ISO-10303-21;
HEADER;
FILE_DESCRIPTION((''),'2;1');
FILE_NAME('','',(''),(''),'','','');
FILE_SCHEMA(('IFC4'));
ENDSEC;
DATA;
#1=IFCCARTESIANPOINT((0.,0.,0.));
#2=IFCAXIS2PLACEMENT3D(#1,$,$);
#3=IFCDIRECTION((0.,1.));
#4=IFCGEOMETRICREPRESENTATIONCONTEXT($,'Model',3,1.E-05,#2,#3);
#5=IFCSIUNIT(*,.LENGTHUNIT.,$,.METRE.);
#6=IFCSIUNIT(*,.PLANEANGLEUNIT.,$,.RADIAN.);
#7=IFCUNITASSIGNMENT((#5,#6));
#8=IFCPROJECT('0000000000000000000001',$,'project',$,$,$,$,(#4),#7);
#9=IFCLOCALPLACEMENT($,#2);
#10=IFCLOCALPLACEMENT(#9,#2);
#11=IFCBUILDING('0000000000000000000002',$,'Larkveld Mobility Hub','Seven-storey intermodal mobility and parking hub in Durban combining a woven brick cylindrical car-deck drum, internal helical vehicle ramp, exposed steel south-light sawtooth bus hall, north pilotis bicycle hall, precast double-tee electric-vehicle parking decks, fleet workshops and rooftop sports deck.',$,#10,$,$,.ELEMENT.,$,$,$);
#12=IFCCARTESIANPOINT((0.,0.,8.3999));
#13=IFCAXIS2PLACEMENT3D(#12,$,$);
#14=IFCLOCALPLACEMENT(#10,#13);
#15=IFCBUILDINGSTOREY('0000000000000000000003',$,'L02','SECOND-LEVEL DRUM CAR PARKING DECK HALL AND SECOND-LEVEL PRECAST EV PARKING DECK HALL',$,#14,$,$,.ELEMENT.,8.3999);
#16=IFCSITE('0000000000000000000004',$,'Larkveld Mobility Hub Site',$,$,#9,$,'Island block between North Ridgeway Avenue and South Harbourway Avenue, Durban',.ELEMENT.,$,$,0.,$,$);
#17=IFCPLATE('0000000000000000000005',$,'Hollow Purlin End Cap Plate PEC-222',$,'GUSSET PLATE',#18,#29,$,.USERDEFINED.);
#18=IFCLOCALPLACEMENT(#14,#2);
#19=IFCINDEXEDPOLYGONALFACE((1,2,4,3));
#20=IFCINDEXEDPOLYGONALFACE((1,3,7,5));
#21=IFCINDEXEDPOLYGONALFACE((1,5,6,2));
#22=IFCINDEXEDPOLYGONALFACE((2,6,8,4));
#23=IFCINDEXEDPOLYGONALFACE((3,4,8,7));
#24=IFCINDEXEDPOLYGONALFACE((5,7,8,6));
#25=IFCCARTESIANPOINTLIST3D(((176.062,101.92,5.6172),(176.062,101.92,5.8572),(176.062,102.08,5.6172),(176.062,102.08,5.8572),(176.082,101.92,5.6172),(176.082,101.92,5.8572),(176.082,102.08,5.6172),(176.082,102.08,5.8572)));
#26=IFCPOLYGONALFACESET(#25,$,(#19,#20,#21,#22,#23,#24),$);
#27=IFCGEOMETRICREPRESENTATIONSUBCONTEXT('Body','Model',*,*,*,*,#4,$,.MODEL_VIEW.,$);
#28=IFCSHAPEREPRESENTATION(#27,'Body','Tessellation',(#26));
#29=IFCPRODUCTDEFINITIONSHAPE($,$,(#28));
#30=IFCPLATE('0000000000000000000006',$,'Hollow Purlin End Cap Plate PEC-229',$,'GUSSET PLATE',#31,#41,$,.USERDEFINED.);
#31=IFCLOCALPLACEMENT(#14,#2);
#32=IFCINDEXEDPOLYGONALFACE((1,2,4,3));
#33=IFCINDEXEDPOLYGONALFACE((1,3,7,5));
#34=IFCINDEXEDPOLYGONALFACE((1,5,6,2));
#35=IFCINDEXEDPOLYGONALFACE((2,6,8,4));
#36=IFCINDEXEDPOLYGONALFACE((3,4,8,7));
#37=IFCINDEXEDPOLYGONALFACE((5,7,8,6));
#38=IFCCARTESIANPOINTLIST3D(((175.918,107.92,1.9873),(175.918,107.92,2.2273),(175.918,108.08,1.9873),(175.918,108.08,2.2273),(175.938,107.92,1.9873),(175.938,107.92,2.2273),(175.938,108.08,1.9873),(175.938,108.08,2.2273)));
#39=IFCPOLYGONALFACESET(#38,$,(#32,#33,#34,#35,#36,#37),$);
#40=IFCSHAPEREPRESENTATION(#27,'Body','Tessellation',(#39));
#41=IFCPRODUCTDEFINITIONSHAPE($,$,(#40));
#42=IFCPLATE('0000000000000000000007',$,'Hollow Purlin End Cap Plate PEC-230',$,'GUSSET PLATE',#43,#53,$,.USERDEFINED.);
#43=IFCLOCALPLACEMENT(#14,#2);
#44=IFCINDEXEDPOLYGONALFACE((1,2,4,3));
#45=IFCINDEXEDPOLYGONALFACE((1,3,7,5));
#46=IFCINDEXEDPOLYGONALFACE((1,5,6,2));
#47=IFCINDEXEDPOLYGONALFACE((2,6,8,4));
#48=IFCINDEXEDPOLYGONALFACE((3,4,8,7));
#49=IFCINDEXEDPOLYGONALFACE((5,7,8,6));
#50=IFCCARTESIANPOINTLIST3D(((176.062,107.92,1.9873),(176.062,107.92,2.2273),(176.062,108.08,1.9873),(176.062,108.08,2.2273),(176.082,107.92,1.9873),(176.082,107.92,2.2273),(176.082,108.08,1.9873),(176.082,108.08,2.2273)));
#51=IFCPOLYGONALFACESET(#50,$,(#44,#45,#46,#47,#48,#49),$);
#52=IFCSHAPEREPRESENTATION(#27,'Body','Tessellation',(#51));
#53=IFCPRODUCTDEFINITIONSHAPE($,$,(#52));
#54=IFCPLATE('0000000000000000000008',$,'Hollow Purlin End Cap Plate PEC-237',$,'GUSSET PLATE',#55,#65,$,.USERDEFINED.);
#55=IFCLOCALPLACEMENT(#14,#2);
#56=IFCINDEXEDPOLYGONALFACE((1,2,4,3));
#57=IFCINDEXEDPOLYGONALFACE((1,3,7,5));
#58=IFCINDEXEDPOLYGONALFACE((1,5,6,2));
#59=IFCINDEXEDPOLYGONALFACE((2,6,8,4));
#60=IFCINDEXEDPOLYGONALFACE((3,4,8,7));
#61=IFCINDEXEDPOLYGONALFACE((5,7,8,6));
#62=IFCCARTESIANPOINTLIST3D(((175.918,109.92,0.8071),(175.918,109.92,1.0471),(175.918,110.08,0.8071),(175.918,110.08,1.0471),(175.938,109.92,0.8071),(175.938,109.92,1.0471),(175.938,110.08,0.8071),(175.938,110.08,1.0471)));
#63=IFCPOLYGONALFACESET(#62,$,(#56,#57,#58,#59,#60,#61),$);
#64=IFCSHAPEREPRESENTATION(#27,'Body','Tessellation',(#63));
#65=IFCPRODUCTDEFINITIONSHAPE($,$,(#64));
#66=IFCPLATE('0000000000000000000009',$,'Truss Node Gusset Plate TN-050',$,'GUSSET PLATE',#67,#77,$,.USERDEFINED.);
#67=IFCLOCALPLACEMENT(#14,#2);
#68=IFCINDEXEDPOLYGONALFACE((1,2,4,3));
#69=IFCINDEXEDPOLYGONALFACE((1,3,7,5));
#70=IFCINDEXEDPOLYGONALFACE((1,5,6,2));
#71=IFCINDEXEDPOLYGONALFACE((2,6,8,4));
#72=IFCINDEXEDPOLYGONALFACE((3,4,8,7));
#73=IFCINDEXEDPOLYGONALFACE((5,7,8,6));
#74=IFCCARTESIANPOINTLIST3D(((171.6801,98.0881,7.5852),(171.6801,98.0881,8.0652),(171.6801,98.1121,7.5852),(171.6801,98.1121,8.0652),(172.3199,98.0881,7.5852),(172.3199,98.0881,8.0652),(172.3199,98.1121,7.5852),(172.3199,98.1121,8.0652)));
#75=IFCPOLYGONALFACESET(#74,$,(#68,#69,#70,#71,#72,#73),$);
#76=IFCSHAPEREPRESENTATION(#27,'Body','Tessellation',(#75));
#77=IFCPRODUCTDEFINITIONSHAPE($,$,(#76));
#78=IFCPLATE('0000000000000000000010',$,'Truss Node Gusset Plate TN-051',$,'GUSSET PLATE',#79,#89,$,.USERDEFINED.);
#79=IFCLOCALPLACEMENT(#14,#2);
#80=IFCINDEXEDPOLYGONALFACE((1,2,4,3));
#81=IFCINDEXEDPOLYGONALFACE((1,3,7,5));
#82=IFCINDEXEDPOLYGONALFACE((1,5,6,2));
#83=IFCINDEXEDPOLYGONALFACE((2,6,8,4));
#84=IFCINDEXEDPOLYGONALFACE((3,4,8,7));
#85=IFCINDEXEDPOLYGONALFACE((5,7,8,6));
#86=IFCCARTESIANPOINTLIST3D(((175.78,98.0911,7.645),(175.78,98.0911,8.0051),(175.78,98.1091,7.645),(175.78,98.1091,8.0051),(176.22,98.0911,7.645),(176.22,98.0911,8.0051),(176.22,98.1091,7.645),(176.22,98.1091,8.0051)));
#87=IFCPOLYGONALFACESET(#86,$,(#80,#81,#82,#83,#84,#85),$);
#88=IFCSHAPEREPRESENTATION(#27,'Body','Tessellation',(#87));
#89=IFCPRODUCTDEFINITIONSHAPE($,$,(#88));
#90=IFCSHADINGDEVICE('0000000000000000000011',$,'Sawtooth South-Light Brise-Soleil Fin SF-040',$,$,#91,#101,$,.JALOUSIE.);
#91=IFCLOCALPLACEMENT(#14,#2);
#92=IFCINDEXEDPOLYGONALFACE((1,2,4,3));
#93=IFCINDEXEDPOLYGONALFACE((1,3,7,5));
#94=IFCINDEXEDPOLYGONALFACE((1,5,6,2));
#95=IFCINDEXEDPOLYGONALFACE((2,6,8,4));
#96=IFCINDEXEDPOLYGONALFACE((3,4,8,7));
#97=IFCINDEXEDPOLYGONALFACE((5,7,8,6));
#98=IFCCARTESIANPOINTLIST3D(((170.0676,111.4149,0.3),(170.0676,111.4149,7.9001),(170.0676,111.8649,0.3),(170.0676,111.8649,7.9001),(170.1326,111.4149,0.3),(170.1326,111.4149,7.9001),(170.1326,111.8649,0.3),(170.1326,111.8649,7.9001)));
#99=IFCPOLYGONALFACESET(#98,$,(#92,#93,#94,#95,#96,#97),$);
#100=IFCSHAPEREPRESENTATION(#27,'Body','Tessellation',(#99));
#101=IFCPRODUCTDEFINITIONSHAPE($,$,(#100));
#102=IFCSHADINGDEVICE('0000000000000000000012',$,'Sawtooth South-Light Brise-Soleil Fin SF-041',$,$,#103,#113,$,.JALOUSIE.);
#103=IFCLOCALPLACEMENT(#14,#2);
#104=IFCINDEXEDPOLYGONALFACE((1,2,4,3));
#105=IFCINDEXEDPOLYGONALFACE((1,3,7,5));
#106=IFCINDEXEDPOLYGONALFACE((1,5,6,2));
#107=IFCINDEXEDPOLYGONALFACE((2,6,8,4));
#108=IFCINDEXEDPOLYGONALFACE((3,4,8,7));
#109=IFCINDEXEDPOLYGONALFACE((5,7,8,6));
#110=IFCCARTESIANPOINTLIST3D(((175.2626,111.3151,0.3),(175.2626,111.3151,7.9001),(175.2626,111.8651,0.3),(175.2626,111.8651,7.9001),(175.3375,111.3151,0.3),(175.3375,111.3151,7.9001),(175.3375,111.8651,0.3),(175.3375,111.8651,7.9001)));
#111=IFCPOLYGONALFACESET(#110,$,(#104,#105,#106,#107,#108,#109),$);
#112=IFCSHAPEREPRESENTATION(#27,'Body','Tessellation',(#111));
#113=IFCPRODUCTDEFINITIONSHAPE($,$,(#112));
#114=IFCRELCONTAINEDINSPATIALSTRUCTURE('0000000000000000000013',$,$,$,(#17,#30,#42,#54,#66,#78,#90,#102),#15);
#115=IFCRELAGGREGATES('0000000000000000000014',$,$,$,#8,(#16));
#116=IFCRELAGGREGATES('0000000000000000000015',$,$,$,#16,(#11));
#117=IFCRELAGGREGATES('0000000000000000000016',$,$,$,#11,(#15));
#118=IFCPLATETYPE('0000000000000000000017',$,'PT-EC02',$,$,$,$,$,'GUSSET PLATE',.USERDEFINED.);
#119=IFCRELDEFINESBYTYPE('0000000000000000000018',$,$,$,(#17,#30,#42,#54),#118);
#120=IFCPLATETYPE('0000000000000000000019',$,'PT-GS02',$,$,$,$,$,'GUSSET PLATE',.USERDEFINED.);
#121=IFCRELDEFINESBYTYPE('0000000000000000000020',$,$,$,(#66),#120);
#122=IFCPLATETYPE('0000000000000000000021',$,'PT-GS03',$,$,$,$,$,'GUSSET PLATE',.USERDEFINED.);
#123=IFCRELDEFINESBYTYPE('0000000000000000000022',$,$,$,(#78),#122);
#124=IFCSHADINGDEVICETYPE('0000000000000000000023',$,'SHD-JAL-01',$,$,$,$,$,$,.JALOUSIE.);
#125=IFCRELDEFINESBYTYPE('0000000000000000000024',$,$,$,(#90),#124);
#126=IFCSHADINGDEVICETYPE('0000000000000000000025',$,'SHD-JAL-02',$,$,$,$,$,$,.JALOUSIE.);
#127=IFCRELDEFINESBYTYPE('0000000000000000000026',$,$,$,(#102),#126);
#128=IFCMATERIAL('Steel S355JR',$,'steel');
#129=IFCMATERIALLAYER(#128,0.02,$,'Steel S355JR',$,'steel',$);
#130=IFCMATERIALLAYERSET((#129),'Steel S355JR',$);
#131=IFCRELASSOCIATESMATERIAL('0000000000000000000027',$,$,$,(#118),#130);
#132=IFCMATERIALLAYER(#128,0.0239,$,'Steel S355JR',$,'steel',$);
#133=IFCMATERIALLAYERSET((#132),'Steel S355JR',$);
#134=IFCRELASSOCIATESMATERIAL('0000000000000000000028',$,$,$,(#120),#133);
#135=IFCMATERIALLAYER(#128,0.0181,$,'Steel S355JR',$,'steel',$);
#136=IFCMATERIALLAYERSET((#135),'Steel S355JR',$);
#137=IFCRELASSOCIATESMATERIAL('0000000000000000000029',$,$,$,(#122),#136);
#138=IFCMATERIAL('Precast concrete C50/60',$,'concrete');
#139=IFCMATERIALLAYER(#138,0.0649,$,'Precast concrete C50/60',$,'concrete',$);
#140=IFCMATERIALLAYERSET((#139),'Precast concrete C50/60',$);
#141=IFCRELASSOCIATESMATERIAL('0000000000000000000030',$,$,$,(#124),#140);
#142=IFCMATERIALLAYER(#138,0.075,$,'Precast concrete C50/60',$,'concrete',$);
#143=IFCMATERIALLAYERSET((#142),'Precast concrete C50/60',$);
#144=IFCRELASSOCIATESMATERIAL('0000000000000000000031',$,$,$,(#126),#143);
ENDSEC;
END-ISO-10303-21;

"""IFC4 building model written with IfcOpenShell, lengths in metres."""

from ifc_helpers import new_model, si_unit, direction, frame, origin, origin_2d, place, context, subcontext, project, spatial, rectangle, extrude, material, layer, layer_set, type_object, element, save


model = new_model("IFC4")

# Units and contexts
model_context = context("Model", 3, precision=1e-05, world=origin(), true_north=direction((0.0, 1.0)))
body_context = subcontext(model_context, "Body", "Model", "MODEL_VIEW")
ifc_project = project(units=[si_unit("LENGTHUNIT", "METRE"), si_unit("PLANEANGLEUNIT", "RADIAN")], contexts=[model_context])

# Site, building, storey
site_placement = place(None, origin())
site = spatial("IfcSite", under=ifc_project, at=site_placement, Name="Larkveld Mobility Hub Site", LongName="Island block between North Ridgeway Avenue and South Harbourway Avenue, Durban", CompositionType="ELEMENT", RefElevation=0.0)
building_placement = place(site_placement, origin())
building = spatial("IfcBuilding", under=site, at=building_placement, Name="Larkveld Mobility Hub", Description="Seven-storey intermodal mobility and parking hub in Durban combining a woven brick cylindrical car-deck drum, internal helical vehicle ramp, exposed steel south-light sawtooth bus hall, north pilotis bicycle hall, precast double-tee electric-vehicle parking decks, fleet workshops and rooftop sports deck.", CompositionType="ELEMENT")
storey_placement = place(building_placement, frame((0.0, 0.0, 8.3999)))
storey = spatial("IfcBuildingStorey", under=building, at=storey_placement, Name="L02", Description="SECOND-LEVEL DRUM CAR PARKING DECK HALL AND SECOND-LEVEL PRECAST EV PARKING DECK HALL", CompositionType="ELEMENT", Elevation=8.3999)

# Shared definitions
ifc_material_1 = material(Name="Steel S355JR", Category="steel")

# Plates
ifc_layer_1 = layer(ifc_material_1, 0.02, Name="Steel S355JR", Category="steel")
ifc_layer_set_1 = layer_set([ifc_layer_1], Name="Steel S355JR")
plate_type_1 = type_object("IfcPlateType", Name="PT-EC02", ElementType="GUSSET PLATE", PredefinedType="USERDEFINED", material=ifc_layer_set_1)
for number, where, z_axis, x_axis, name in (
    (1, (176.072, 102.0, 5.6172), (0.0, 0.0, 1.0), (1.0, 0.0, 0.0), "Hollow Purlin End Cap Plate PEC-222"),
    (2, (175.928, 108.0, 1.9873), (0.0, 0.0, 1.0), (1.0, 0.0, 0.0), "Hollow Purlin End Cap Plate PEC-229"),
    (3, (176.072, 108.0, 1.9873), (0.0, 0.0, 1.0), (1.0, 0.0, 0.0), "Hollow Purlin End Cap Plate PEC-230"),
    (4, (175.928, 110.0, 0.8071), (0.0, 0.0, 1.0), (1.0, 0.0, 0.0), "Hollow Purlin End Cap Plate PEC-237"),
):
    element("IfcPlate", number, at=place(storey_placement, frame(where, z_axis=z_axis, x_axis=x_axis)), inside=storey, type_object=plate_type_1, Name=name, ObjectType="GUSSET PLATE", PredefinedType="USERDEFINED", context=body_context, shape_type="SweptSolid", body=[
        extrude(rectangle(XDim=0.02, YDim=0.1599, at=origin_2d()), origin(), (0.0, 0.0, 1.0), 0.24),
    ])
ifc_layer_2 = layer(ifc_material_1, 0.0239, Name="Steel S355JR", Category="steel")
ifc_layer_set_2 = layer_set([ifc_layer_2], Name="Steel S355JR")
plate_type_2 = type_object("IfcPlateType", Name="PT-GS02", ElementType="GUSSET PLATE", PredefinedType="USERDEFINED", material=ifc_layer_set_2)
plate_1_placement = place(storey_placement, frame((172.0, 98.1001, 7.5852), z_axis=(0.0, 0.0, 1.0), x_axis=(1.0, 0.0, 0.0)))
element("IfcPlate", 5, at=plate_1_placement, inside=storey, type_object=plate_type_2, Name="Truss Node Gusset Plate TN-050", ObjectType="GUSSET PLATE", PredefinedType="USERDEFINED", context=body_context, shape_type="SweptSolid", body=[
    extrude(rectangle(XDim=0.6399, YDim=0.0239, at=origin_2d()), origin(), (0.0, 0.0, 1.0), 0.48),
])
ifc_layer_3 = layer(ifc_material_1, 0.0181, Name="Steel S355JR", Category="steel")
ifc_layer_set_3 = layer_set([ifc_layer_3], Name="Steel S355JR")
plate_type_3 = type_object("IfcPlateType", Name="PT-GS03", ElementType="GUSSET PLATE", PredefinedType="USERDEFINED", material=ifc_layer_set_3)
plate_2_placement = place(storey_placement, frame((176.0, 98.1001, 7.645), z_axis=(0.0, 0.0, 1.0), x_axis=(1.0, 0.0, 0.0)))
element("IfcPlate", 6, at=plate_2_placement, inside=storey, type_object=plate_type_3, Name="Truss Node Gusset Plate TN-051", ObjectType="GUSSET PLATE", PredefinedType="USERDEFINED", context=body_context, shape_type="SweptSolid", body=[
    extrude(rectangle(XDim=0.4399, YDim=0.0181, at=origin_2d()), origin(), (0.0, 0.0, 1.0), 0.3601),
])

# Shading devices
ifc_material_2 = material(Name="Precast concrete C50/60", Category="concrete")
ifc_layer_4 = layer(ifc_material_2, 0.0649, Name="Precast concrete C50/60", Category="concrete")
ifc_layer_set_4 = layer_set([ifc_layer_4], Name="Precast concrete C50/60")
shading_device_type_1 = type_object("IfcShadingDeviceType", Name="SHD-JAL-01", PredefinedType="JALOUSIE", material=ifc_layer_set_4)
shading_device_1_placement = place(storey_placement, frame((170.1001, 111.6399, 0.3), z_axis=(0.0, 0.0, 1.0), x_axis=(1.0, 0.0, 0.0)))
element("IfcShadingDevice", 7, at=shading_device_1_placement, inside=storey, type_object=shading_device_type_1, Name="Sawtooth South-Light Brise-Soleil Fin SF-040", PredefinedType="JALOUSIE", context=body_context, shape_type="SweptSolid", body=[
    extrude(rectangle(XDim=0.0649, YDim=0.45, at=origin_2d()), origin(), (0.0, 0.0, 1.0), 7.6001),
])
ifc_layer_5 = layer(ifc_material_2, 0.075, Name="Precast concrete C50/60", Category="concrete")
ifc_layer_set_5 = layer_set([ifc_layer_5], Name="Precast concrete C50/60")
shading_device_type_2 = type_object("IfcShadingDeviceType", Name="SHD-JAL-02", PredefinedType="JALOUSIE", material=ifc_layer_set_5)
shading_device_2_placement = place(storey_placement, frame((175.3, 111.5901, 0.3), z_axis=(0.0, 0.0, 1.0), x_axis=(1.0, 0.0, 0.0)))
element("IfcShadingDevice", 8, at=shading_device_2_placement, inside=storey, type_object=shading_device_type_2, Name="Sawtooth South-Light Brise-Soleil Fin SF-041", PredefinedType="JALOUSIE", context=body_context, shape_type="SweptSolid", body=[
    extrude(rectangle(XDim=0.075, YDim=0.55, at=origin_2d()), origin(), (0.0, 0.0, 1.0), 7.6001),
])

save(model, "model.ifc")
